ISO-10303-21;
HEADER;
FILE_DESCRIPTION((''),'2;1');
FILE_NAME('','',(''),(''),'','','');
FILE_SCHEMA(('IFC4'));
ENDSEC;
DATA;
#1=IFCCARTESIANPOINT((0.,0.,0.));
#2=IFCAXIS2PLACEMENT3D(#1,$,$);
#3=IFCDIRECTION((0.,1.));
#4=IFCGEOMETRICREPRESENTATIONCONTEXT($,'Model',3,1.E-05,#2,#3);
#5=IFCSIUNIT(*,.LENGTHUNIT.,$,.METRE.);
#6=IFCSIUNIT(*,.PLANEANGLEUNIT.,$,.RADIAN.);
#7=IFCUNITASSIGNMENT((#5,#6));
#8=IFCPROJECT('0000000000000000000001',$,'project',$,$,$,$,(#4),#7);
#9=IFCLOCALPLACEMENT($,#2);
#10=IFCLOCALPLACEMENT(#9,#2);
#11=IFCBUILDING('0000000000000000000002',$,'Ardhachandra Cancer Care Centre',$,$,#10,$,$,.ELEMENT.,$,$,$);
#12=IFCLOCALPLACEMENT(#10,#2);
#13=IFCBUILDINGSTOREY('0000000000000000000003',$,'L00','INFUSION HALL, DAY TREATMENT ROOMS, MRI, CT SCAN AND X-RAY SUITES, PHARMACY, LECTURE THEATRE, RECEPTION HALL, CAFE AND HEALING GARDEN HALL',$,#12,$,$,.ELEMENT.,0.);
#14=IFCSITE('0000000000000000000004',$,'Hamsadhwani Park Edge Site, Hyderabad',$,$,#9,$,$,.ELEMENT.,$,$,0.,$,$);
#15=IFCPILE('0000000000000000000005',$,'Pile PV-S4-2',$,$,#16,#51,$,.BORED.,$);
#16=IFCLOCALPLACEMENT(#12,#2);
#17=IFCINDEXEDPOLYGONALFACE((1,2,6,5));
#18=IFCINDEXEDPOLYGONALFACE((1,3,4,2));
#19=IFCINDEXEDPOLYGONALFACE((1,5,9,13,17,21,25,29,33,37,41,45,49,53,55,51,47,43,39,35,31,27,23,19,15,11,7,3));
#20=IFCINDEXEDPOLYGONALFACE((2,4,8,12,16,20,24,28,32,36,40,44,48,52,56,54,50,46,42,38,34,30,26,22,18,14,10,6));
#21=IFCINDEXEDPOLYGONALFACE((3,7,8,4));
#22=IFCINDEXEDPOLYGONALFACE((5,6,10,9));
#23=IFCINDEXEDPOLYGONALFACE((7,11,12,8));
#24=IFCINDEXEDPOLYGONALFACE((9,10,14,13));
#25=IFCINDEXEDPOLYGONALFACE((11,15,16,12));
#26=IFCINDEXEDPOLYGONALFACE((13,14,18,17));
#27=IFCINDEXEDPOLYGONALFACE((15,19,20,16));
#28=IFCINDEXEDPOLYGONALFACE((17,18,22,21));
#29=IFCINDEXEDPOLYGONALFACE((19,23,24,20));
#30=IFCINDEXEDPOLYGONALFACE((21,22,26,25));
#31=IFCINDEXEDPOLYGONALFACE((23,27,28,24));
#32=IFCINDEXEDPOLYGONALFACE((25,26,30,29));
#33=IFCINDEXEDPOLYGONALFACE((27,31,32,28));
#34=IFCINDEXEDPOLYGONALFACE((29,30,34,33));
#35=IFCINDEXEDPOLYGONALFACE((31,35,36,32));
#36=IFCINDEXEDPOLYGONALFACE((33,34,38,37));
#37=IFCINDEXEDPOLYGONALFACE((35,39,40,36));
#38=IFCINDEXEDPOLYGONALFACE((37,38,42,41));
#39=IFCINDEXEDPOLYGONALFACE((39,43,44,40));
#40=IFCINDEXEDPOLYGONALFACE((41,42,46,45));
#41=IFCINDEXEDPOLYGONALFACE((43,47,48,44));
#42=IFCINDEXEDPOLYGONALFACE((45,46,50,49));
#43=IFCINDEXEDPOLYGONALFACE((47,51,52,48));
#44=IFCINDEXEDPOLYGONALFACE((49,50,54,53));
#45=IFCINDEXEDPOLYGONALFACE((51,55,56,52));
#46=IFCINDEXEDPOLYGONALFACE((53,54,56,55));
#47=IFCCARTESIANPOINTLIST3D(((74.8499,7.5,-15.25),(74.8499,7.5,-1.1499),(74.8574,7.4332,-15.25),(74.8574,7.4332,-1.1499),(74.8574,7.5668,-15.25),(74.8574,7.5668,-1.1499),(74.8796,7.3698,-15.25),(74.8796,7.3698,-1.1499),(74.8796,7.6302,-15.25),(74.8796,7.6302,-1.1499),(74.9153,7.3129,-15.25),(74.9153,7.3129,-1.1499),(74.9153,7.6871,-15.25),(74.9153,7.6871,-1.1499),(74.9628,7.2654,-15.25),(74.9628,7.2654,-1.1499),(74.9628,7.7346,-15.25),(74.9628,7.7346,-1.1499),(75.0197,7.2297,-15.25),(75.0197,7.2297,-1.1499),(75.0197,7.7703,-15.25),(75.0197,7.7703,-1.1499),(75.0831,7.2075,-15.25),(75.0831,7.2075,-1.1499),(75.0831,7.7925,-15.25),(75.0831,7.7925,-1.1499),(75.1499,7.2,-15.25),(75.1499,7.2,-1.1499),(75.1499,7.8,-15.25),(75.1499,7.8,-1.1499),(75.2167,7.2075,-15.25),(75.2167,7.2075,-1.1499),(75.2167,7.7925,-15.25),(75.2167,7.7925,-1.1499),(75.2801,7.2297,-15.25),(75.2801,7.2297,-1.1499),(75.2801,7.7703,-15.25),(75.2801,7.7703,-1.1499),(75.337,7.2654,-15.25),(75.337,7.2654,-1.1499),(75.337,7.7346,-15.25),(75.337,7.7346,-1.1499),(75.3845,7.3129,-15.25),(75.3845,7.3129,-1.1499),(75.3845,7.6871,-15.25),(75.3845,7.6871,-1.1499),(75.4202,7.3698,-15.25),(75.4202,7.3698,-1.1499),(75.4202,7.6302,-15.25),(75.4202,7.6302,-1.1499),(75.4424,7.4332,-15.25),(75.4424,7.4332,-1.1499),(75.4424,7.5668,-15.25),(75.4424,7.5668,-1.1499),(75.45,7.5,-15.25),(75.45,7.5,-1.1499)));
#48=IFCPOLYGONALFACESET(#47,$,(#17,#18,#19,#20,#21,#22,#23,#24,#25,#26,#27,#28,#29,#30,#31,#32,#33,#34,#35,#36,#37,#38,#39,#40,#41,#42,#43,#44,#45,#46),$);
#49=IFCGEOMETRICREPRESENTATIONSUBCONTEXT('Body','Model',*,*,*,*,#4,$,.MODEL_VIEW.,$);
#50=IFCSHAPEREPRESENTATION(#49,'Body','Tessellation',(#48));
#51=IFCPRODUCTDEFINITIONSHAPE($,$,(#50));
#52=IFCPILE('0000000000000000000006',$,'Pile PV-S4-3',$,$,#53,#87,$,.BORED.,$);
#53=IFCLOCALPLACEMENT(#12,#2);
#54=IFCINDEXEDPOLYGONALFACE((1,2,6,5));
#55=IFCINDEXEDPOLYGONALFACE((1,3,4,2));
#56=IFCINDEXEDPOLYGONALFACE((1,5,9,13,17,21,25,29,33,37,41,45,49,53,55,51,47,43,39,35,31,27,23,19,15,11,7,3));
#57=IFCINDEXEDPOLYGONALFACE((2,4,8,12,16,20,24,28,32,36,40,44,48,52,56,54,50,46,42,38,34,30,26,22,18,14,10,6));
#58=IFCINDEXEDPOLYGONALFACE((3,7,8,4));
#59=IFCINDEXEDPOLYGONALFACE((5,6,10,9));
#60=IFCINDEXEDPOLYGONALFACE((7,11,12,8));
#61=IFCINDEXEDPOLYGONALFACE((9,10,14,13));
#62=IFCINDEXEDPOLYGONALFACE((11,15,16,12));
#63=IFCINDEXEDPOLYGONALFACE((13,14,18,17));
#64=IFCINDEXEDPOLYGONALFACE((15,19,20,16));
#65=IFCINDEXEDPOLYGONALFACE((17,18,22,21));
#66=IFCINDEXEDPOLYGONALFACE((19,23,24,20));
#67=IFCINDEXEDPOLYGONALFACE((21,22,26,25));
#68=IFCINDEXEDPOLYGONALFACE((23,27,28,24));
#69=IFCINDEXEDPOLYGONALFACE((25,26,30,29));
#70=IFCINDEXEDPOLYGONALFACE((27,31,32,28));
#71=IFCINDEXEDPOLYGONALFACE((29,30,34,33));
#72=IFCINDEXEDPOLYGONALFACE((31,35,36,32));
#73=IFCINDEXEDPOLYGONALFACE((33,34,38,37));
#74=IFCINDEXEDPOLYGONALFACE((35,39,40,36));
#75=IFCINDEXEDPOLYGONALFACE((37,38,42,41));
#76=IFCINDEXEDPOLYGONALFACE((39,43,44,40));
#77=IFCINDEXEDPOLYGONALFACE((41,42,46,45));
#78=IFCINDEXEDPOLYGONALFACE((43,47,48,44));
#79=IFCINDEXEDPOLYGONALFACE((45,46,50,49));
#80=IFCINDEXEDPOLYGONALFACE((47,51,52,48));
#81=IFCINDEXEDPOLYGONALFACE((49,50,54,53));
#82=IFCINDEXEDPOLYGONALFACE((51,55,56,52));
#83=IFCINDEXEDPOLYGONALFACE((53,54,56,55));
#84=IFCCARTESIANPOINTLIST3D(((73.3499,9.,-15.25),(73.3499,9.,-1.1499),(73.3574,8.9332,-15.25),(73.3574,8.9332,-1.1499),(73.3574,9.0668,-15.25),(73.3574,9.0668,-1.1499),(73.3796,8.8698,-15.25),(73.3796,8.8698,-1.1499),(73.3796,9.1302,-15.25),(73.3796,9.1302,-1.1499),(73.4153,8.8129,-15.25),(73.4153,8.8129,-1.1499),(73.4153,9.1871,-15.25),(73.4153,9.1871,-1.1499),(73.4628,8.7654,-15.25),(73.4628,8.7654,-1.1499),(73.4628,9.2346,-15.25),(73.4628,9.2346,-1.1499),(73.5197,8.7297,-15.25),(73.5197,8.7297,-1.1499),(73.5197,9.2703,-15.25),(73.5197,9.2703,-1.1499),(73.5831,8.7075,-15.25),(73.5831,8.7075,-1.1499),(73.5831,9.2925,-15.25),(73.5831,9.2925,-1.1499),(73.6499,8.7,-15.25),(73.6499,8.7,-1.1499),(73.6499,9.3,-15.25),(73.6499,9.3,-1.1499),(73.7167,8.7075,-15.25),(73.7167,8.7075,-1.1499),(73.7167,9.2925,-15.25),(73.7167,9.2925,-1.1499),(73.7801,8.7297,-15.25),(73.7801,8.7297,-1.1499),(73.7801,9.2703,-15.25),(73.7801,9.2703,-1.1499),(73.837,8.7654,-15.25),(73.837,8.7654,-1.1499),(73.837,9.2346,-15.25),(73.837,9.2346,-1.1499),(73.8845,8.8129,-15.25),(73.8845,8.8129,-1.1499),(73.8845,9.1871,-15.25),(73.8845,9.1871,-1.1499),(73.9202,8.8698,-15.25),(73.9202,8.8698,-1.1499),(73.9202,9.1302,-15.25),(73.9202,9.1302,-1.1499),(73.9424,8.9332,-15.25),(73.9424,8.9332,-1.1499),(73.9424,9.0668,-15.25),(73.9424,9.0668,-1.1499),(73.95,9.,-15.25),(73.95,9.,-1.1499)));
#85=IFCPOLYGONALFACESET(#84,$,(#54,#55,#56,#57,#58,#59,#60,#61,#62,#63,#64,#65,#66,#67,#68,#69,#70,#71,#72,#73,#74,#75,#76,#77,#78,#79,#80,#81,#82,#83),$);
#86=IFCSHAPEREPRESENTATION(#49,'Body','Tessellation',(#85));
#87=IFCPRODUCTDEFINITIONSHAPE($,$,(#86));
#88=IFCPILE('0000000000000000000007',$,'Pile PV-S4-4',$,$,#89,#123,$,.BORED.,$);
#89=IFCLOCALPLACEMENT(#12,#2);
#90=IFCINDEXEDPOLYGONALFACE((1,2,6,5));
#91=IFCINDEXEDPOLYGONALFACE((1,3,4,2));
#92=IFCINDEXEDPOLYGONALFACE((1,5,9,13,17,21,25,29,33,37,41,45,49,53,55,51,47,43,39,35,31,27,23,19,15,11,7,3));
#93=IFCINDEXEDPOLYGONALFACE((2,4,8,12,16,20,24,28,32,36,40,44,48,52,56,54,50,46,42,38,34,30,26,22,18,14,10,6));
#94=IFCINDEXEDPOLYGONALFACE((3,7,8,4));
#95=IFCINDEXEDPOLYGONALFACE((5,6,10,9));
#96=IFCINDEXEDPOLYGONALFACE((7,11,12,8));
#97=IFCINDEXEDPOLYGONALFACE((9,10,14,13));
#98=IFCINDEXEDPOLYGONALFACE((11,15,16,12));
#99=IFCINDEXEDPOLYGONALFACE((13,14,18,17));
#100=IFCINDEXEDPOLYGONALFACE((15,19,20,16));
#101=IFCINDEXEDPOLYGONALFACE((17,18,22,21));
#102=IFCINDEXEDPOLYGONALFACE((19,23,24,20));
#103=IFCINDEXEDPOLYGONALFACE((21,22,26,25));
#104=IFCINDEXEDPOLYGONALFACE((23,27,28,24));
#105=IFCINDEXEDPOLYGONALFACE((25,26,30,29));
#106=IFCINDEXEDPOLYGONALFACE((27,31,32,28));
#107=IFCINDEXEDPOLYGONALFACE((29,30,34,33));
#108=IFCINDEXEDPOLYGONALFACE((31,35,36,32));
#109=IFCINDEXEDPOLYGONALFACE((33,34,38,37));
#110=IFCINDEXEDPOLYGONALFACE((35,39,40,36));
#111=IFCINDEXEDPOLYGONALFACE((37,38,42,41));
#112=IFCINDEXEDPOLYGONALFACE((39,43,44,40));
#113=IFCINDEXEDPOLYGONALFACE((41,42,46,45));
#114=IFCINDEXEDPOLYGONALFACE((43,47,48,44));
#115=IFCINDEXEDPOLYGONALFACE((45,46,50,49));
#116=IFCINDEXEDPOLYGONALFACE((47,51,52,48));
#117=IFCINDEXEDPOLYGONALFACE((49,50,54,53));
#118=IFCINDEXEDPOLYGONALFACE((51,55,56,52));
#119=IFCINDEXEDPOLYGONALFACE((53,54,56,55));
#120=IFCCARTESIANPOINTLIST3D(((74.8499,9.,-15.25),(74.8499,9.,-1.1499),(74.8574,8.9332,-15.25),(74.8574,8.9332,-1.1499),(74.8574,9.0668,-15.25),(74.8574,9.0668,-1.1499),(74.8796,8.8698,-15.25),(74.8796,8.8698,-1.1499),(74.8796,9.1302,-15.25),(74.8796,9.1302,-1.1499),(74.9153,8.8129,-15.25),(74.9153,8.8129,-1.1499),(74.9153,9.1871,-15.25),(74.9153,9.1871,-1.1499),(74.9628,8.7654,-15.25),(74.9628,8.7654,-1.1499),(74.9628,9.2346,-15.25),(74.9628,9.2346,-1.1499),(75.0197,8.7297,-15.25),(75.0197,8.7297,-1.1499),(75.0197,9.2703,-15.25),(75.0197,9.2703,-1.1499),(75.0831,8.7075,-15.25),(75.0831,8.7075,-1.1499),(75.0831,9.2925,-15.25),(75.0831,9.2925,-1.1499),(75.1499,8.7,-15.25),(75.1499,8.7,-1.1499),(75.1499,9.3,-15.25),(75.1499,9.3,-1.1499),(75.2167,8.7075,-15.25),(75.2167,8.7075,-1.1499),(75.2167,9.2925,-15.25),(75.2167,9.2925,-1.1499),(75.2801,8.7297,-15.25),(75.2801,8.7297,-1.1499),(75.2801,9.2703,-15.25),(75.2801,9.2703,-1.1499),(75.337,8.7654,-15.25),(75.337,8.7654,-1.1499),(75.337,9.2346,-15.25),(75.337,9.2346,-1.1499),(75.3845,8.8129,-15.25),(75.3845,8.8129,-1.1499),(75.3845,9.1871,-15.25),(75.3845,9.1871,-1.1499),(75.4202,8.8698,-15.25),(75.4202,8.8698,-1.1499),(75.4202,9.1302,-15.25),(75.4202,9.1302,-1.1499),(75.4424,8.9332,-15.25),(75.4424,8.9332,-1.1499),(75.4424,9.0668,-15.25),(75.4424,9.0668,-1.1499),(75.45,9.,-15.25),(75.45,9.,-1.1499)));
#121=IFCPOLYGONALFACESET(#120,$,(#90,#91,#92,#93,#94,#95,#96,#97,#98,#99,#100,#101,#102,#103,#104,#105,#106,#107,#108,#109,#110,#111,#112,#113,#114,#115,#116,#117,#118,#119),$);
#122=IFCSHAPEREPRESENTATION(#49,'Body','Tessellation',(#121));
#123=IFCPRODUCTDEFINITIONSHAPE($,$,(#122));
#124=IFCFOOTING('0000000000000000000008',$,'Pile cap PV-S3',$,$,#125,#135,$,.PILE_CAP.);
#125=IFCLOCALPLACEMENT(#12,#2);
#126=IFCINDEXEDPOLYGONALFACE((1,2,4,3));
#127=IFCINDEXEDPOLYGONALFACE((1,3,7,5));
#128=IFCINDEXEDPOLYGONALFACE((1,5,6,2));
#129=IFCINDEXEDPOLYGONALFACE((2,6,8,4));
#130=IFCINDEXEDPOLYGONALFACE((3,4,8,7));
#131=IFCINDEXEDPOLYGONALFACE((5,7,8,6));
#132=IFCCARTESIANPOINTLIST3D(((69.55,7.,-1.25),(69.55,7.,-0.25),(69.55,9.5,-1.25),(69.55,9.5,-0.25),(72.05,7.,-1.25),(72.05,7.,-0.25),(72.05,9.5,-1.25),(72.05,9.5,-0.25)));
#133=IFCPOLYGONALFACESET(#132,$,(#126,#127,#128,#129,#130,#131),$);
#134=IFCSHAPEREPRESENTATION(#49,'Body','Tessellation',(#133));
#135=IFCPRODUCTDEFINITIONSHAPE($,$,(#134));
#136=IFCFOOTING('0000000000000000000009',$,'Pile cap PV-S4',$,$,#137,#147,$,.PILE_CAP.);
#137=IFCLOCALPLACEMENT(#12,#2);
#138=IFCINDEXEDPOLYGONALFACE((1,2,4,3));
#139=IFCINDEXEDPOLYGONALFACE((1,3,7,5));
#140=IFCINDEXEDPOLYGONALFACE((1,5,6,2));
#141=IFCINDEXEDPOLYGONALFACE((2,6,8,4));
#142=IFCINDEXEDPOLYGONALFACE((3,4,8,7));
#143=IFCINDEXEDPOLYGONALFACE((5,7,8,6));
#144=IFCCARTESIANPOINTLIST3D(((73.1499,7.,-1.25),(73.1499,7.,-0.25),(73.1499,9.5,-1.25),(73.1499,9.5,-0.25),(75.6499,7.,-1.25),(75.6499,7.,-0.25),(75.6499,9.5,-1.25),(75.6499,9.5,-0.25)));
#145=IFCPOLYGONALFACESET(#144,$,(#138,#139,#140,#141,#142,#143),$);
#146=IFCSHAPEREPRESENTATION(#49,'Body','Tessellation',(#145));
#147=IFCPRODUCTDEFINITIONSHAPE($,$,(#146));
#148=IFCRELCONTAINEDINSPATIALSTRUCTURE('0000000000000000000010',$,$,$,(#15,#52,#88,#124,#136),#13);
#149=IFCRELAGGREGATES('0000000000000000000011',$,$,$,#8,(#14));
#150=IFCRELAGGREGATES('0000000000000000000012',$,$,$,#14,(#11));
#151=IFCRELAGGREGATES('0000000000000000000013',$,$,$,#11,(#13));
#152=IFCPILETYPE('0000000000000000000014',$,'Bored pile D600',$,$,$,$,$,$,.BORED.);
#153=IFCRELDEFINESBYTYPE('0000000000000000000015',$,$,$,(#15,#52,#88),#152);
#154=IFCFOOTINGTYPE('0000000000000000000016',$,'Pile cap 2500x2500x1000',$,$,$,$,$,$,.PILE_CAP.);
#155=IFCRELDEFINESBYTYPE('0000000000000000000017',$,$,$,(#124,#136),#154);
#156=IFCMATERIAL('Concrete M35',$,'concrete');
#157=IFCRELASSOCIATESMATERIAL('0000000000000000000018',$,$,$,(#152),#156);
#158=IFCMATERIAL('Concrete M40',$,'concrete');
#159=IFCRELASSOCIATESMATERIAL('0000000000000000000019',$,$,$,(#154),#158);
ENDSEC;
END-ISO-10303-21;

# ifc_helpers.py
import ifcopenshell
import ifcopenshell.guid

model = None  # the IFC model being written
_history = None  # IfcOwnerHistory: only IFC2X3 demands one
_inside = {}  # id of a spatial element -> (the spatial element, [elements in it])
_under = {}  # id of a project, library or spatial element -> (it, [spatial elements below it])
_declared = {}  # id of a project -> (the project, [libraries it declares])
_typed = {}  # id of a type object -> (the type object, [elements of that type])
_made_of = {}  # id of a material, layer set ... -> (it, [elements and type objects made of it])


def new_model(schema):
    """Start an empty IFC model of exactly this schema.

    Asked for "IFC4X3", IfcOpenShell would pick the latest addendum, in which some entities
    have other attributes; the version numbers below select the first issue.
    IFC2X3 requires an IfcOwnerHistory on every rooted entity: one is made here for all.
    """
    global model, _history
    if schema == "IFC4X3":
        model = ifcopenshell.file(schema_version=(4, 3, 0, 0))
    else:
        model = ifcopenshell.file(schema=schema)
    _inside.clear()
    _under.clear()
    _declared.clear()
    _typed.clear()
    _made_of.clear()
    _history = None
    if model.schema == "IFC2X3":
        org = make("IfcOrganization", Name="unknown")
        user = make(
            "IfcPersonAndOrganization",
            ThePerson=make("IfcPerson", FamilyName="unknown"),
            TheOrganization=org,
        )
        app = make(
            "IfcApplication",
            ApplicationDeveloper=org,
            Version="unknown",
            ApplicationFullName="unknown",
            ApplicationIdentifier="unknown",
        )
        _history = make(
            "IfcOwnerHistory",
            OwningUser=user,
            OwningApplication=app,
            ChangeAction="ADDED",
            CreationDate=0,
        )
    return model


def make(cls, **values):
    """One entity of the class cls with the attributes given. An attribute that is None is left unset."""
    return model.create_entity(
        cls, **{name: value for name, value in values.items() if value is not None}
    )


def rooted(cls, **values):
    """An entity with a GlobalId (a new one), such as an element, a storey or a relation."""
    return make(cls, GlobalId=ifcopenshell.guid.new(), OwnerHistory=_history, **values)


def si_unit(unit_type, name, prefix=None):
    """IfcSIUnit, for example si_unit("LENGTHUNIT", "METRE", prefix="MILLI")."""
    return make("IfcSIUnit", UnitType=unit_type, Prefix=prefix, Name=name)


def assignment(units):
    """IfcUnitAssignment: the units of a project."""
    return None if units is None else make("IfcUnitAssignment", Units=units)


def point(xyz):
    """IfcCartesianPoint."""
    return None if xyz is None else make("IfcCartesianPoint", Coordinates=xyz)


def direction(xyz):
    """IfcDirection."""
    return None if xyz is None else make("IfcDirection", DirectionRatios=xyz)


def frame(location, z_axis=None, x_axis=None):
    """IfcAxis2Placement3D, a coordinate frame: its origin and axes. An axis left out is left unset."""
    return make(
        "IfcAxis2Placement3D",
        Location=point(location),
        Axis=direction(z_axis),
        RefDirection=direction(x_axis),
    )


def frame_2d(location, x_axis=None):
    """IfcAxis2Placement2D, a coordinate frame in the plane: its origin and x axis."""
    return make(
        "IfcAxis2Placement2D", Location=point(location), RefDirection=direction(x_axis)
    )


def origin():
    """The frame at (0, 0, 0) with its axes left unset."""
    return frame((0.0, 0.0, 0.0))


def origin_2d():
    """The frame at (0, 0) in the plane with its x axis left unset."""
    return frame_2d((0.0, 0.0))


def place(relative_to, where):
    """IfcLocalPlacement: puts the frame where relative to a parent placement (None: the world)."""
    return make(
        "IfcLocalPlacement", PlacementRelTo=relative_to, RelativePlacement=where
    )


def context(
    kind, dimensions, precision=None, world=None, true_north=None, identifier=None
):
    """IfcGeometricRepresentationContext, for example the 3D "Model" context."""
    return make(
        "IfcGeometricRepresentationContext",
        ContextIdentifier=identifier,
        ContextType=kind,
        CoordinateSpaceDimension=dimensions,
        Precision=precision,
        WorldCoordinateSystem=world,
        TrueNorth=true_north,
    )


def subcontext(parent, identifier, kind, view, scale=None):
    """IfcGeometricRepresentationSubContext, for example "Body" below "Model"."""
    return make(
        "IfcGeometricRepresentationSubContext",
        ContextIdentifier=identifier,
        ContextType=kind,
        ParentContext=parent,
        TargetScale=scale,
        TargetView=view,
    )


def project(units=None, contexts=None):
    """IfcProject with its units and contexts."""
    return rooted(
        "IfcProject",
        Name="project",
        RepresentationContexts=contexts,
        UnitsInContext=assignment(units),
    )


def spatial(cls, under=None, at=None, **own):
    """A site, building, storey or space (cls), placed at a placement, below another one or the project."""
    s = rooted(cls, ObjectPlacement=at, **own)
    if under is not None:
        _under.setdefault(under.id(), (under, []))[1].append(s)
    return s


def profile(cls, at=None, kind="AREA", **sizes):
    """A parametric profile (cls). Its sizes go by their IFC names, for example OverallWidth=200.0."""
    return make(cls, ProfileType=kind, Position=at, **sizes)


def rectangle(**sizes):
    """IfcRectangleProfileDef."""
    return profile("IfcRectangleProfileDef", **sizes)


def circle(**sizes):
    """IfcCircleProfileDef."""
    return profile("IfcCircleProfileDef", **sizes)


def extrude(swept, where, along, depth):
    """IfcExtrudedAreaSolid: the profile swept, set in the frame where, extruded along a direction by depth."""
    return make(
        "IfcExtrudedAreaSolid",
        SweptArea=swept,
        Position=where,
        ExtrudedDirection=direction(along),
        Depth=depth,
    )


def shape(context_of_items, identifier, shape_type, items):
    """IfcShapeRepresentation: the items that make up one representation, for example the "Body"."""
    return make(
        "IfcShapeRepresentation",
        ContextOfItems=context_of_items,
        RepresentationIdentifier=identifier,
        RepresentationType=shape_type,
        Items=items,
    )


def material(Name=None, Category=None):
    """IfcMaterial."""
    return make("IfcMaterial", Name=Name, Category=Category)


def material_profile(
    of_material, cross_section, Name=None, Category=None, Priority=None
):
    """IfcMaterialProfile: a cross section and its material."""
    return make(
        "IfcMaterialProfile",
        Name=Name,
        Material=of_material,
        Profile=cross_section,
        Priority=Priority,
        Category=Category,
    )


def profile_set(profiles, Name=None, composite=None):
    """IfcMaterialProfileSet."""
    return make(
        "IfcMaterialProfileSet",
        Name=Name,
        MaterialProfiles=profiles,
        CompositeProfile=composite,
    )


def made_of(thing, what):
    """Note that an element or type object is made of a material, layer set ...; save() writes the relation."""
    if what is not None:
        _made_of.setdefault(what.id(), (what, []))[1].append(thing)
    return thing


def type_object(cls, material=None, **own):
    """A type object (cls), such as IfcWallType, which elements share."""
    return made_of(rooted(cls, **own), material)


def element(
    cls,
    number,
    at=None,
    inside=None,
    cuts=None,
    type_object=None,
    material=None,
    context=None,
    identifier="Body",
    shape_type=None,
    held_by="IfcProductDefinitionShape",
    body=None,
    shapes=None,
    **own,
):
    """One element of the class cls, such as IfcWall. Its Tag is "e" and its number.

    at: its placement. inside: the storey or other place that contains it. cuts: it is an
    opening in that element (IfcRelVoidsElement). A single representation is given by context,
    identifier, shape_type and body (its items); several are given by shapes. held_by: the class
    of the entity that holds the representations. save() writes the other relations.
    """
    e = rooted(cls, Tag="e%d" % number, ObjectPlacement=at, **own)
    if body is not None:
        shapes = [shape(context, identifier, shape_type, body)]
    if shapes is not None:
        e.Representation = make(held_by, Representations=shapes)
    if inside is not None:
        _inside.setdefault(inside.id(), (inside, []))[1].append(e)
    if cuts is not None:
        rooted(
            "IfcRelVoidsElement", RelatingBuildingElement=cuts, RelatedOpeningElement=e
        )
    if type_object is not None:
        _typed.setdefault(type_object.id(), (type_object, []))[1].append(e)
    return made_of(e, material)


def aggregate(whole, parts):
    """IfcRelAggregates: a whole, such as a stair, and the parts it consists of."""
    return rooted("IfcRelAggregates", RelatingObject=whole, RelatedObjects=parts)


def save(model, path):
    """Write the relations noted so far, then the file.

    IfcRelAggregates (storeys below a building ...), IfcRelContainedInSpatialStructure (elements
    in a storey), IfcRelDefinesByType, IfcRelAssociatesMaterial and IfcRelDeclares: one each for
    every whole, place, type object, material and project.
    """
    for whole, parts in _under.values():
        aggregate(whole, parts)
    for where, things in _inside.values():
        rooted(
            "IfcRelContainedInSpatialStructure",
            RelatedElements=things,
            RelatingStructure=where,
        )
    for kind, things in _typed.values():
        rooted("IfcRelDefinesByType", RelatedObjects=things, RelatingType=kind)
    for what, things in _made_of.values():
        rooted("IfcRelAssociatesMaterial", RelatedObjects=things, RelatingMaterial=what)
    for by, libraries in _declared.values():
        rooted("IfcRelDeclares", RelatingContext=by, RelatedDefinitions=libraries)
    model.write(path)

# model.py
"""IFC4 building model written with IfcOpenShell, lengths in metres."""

from ifc_helpers import new_model, si_unit, direction, frame, origin, origin_2d, place, context, subcontext, project, spatial, rectangle, circle, extrude, material, material_profile, profile_set, type_object, element, save


model = new_model("IFC4")

# Units and contexts
model_context = context("Model", 3, precision=1e-05, world=origin(), true_north=direction((0.0, 1.0)))
body_context = subcontext(model_context, "Body", "Model", "MODEL_VIEW")
ifc_project = project(units=[si_unit("LENGTHUNIT", "METRE"), si_unit("PLANEANGLEUNIT", "RADIAN")], contexts=[model_context])

# Site, building, storey
site_placement = place(None, origin())
site = spatial("IfcSite", under=ifc_project, at=site_placement, Name="Hamsadhwani Park Edge Site, Hyderabad", CompositionType="ELEMENT", RefElevation=0.0)
building_placement = place(site_placement, origin())
building = spatial("IfcBuilding", under=site, at=building_placement, Name="Ardhachandra Cancer Care Centre", CompositionType="ELEMENT")
storey_placement = place(building_placement, origin())
storey = spatial("IfcBuildingStorey", under=building, at=storey_placement, Name="L00", Description="INFUSION HALL, DAY TREATMENT ROOMS, MRI, CT SCAN AND X-RAY SUITES, PHARMACY, LECTURE THEATRE, RECEPTION HALL, CAFE AND HEALING GARDEN HALL", CompositionType="ELEMENT", Elevation=0.0)

# Piles
ifc_material_1 = material(Name="Concrete M35", Category="concrete")
ifc_material_profile_1 = material_profile(ifc_material_1, circle(Radius=0.3, at=origin_2d()), Name="D600")
ifc_profile_set_1 = profile_set([ifc_material_profile_1], Name="Concrete M35")
pile_type = type_object("IfcPileType", Name="Bored pile D600", PredefinedType="BORED", material=ifc_profile_set_1)
for number, where, z_axis, x_axis, name in (
    (1, (75.1499, 7.5, -1.1499), (0.0, 0.0, -1.0), (1.0, 0.0, 0.0), "Pile PV-S4-2"),
    (2, (73.6499, 9.0, -1.1499), (0.0, 0.0, -1.0), (1.0, 0.0, 0.0), "Pile PV-S4-3"),
    (3, (75.1499, 9.0, -1.1499), (0.0, 0.0, -1.0), (1.0, 0.0, 0.0), "Pile PV-S4-4"),
):
    element("IfcPile", number, at=place(storey_placement, frame(where, z_axis=z_axis, x_axis=x_axis)), inside=storey, type_object=pile_type, Name=name, PredefinedType="BORED", context=body_context, shape_type="SweptSolid", body=[
        extrude(circle(Radius=0.3, at=origin_2d()), origin(), (0.0, 0.0, 1.0), 14.1001),
    ])

# Footings
ifc_material_2 = material(Name="Concrete M40", Category="concrete")
footing_type = type_object("IfcFootingType", Name="Pile cap 2500x2500x1000", PredefinedType="PILE_CAP", material=ifc_material_2)
for number, where, z_axis, x_axis, name in (
    (4, (70.8, 8.25, -1.25), (0.0, 0.0, 1.0), (1.0, 0.0, 0.0), "Pile cap PV-S3"),
    (5, (74.3999, 8.25, -1.25), (0.0, 0.0, 1.0), (1.0, 0.0, 0.0), "Pile cap PV-S4"),
):
    element("IfcFooting", number, at=place(storey_placement, frame(where, z_axis=z_axis, x_axis=x_axis)), inside=storey, type_object=footing_type, Name=name, PredefinedType="PILE_CAP", context=body_context, shape_type="SweptSolid", body=[
        extrude(rectangle(XDim=2.5, YDim=2.5, at=origin_2d()), origin(), (0.0, 0.0, 1.0), 1.0),
    ])

save(model, "model.ifc")
